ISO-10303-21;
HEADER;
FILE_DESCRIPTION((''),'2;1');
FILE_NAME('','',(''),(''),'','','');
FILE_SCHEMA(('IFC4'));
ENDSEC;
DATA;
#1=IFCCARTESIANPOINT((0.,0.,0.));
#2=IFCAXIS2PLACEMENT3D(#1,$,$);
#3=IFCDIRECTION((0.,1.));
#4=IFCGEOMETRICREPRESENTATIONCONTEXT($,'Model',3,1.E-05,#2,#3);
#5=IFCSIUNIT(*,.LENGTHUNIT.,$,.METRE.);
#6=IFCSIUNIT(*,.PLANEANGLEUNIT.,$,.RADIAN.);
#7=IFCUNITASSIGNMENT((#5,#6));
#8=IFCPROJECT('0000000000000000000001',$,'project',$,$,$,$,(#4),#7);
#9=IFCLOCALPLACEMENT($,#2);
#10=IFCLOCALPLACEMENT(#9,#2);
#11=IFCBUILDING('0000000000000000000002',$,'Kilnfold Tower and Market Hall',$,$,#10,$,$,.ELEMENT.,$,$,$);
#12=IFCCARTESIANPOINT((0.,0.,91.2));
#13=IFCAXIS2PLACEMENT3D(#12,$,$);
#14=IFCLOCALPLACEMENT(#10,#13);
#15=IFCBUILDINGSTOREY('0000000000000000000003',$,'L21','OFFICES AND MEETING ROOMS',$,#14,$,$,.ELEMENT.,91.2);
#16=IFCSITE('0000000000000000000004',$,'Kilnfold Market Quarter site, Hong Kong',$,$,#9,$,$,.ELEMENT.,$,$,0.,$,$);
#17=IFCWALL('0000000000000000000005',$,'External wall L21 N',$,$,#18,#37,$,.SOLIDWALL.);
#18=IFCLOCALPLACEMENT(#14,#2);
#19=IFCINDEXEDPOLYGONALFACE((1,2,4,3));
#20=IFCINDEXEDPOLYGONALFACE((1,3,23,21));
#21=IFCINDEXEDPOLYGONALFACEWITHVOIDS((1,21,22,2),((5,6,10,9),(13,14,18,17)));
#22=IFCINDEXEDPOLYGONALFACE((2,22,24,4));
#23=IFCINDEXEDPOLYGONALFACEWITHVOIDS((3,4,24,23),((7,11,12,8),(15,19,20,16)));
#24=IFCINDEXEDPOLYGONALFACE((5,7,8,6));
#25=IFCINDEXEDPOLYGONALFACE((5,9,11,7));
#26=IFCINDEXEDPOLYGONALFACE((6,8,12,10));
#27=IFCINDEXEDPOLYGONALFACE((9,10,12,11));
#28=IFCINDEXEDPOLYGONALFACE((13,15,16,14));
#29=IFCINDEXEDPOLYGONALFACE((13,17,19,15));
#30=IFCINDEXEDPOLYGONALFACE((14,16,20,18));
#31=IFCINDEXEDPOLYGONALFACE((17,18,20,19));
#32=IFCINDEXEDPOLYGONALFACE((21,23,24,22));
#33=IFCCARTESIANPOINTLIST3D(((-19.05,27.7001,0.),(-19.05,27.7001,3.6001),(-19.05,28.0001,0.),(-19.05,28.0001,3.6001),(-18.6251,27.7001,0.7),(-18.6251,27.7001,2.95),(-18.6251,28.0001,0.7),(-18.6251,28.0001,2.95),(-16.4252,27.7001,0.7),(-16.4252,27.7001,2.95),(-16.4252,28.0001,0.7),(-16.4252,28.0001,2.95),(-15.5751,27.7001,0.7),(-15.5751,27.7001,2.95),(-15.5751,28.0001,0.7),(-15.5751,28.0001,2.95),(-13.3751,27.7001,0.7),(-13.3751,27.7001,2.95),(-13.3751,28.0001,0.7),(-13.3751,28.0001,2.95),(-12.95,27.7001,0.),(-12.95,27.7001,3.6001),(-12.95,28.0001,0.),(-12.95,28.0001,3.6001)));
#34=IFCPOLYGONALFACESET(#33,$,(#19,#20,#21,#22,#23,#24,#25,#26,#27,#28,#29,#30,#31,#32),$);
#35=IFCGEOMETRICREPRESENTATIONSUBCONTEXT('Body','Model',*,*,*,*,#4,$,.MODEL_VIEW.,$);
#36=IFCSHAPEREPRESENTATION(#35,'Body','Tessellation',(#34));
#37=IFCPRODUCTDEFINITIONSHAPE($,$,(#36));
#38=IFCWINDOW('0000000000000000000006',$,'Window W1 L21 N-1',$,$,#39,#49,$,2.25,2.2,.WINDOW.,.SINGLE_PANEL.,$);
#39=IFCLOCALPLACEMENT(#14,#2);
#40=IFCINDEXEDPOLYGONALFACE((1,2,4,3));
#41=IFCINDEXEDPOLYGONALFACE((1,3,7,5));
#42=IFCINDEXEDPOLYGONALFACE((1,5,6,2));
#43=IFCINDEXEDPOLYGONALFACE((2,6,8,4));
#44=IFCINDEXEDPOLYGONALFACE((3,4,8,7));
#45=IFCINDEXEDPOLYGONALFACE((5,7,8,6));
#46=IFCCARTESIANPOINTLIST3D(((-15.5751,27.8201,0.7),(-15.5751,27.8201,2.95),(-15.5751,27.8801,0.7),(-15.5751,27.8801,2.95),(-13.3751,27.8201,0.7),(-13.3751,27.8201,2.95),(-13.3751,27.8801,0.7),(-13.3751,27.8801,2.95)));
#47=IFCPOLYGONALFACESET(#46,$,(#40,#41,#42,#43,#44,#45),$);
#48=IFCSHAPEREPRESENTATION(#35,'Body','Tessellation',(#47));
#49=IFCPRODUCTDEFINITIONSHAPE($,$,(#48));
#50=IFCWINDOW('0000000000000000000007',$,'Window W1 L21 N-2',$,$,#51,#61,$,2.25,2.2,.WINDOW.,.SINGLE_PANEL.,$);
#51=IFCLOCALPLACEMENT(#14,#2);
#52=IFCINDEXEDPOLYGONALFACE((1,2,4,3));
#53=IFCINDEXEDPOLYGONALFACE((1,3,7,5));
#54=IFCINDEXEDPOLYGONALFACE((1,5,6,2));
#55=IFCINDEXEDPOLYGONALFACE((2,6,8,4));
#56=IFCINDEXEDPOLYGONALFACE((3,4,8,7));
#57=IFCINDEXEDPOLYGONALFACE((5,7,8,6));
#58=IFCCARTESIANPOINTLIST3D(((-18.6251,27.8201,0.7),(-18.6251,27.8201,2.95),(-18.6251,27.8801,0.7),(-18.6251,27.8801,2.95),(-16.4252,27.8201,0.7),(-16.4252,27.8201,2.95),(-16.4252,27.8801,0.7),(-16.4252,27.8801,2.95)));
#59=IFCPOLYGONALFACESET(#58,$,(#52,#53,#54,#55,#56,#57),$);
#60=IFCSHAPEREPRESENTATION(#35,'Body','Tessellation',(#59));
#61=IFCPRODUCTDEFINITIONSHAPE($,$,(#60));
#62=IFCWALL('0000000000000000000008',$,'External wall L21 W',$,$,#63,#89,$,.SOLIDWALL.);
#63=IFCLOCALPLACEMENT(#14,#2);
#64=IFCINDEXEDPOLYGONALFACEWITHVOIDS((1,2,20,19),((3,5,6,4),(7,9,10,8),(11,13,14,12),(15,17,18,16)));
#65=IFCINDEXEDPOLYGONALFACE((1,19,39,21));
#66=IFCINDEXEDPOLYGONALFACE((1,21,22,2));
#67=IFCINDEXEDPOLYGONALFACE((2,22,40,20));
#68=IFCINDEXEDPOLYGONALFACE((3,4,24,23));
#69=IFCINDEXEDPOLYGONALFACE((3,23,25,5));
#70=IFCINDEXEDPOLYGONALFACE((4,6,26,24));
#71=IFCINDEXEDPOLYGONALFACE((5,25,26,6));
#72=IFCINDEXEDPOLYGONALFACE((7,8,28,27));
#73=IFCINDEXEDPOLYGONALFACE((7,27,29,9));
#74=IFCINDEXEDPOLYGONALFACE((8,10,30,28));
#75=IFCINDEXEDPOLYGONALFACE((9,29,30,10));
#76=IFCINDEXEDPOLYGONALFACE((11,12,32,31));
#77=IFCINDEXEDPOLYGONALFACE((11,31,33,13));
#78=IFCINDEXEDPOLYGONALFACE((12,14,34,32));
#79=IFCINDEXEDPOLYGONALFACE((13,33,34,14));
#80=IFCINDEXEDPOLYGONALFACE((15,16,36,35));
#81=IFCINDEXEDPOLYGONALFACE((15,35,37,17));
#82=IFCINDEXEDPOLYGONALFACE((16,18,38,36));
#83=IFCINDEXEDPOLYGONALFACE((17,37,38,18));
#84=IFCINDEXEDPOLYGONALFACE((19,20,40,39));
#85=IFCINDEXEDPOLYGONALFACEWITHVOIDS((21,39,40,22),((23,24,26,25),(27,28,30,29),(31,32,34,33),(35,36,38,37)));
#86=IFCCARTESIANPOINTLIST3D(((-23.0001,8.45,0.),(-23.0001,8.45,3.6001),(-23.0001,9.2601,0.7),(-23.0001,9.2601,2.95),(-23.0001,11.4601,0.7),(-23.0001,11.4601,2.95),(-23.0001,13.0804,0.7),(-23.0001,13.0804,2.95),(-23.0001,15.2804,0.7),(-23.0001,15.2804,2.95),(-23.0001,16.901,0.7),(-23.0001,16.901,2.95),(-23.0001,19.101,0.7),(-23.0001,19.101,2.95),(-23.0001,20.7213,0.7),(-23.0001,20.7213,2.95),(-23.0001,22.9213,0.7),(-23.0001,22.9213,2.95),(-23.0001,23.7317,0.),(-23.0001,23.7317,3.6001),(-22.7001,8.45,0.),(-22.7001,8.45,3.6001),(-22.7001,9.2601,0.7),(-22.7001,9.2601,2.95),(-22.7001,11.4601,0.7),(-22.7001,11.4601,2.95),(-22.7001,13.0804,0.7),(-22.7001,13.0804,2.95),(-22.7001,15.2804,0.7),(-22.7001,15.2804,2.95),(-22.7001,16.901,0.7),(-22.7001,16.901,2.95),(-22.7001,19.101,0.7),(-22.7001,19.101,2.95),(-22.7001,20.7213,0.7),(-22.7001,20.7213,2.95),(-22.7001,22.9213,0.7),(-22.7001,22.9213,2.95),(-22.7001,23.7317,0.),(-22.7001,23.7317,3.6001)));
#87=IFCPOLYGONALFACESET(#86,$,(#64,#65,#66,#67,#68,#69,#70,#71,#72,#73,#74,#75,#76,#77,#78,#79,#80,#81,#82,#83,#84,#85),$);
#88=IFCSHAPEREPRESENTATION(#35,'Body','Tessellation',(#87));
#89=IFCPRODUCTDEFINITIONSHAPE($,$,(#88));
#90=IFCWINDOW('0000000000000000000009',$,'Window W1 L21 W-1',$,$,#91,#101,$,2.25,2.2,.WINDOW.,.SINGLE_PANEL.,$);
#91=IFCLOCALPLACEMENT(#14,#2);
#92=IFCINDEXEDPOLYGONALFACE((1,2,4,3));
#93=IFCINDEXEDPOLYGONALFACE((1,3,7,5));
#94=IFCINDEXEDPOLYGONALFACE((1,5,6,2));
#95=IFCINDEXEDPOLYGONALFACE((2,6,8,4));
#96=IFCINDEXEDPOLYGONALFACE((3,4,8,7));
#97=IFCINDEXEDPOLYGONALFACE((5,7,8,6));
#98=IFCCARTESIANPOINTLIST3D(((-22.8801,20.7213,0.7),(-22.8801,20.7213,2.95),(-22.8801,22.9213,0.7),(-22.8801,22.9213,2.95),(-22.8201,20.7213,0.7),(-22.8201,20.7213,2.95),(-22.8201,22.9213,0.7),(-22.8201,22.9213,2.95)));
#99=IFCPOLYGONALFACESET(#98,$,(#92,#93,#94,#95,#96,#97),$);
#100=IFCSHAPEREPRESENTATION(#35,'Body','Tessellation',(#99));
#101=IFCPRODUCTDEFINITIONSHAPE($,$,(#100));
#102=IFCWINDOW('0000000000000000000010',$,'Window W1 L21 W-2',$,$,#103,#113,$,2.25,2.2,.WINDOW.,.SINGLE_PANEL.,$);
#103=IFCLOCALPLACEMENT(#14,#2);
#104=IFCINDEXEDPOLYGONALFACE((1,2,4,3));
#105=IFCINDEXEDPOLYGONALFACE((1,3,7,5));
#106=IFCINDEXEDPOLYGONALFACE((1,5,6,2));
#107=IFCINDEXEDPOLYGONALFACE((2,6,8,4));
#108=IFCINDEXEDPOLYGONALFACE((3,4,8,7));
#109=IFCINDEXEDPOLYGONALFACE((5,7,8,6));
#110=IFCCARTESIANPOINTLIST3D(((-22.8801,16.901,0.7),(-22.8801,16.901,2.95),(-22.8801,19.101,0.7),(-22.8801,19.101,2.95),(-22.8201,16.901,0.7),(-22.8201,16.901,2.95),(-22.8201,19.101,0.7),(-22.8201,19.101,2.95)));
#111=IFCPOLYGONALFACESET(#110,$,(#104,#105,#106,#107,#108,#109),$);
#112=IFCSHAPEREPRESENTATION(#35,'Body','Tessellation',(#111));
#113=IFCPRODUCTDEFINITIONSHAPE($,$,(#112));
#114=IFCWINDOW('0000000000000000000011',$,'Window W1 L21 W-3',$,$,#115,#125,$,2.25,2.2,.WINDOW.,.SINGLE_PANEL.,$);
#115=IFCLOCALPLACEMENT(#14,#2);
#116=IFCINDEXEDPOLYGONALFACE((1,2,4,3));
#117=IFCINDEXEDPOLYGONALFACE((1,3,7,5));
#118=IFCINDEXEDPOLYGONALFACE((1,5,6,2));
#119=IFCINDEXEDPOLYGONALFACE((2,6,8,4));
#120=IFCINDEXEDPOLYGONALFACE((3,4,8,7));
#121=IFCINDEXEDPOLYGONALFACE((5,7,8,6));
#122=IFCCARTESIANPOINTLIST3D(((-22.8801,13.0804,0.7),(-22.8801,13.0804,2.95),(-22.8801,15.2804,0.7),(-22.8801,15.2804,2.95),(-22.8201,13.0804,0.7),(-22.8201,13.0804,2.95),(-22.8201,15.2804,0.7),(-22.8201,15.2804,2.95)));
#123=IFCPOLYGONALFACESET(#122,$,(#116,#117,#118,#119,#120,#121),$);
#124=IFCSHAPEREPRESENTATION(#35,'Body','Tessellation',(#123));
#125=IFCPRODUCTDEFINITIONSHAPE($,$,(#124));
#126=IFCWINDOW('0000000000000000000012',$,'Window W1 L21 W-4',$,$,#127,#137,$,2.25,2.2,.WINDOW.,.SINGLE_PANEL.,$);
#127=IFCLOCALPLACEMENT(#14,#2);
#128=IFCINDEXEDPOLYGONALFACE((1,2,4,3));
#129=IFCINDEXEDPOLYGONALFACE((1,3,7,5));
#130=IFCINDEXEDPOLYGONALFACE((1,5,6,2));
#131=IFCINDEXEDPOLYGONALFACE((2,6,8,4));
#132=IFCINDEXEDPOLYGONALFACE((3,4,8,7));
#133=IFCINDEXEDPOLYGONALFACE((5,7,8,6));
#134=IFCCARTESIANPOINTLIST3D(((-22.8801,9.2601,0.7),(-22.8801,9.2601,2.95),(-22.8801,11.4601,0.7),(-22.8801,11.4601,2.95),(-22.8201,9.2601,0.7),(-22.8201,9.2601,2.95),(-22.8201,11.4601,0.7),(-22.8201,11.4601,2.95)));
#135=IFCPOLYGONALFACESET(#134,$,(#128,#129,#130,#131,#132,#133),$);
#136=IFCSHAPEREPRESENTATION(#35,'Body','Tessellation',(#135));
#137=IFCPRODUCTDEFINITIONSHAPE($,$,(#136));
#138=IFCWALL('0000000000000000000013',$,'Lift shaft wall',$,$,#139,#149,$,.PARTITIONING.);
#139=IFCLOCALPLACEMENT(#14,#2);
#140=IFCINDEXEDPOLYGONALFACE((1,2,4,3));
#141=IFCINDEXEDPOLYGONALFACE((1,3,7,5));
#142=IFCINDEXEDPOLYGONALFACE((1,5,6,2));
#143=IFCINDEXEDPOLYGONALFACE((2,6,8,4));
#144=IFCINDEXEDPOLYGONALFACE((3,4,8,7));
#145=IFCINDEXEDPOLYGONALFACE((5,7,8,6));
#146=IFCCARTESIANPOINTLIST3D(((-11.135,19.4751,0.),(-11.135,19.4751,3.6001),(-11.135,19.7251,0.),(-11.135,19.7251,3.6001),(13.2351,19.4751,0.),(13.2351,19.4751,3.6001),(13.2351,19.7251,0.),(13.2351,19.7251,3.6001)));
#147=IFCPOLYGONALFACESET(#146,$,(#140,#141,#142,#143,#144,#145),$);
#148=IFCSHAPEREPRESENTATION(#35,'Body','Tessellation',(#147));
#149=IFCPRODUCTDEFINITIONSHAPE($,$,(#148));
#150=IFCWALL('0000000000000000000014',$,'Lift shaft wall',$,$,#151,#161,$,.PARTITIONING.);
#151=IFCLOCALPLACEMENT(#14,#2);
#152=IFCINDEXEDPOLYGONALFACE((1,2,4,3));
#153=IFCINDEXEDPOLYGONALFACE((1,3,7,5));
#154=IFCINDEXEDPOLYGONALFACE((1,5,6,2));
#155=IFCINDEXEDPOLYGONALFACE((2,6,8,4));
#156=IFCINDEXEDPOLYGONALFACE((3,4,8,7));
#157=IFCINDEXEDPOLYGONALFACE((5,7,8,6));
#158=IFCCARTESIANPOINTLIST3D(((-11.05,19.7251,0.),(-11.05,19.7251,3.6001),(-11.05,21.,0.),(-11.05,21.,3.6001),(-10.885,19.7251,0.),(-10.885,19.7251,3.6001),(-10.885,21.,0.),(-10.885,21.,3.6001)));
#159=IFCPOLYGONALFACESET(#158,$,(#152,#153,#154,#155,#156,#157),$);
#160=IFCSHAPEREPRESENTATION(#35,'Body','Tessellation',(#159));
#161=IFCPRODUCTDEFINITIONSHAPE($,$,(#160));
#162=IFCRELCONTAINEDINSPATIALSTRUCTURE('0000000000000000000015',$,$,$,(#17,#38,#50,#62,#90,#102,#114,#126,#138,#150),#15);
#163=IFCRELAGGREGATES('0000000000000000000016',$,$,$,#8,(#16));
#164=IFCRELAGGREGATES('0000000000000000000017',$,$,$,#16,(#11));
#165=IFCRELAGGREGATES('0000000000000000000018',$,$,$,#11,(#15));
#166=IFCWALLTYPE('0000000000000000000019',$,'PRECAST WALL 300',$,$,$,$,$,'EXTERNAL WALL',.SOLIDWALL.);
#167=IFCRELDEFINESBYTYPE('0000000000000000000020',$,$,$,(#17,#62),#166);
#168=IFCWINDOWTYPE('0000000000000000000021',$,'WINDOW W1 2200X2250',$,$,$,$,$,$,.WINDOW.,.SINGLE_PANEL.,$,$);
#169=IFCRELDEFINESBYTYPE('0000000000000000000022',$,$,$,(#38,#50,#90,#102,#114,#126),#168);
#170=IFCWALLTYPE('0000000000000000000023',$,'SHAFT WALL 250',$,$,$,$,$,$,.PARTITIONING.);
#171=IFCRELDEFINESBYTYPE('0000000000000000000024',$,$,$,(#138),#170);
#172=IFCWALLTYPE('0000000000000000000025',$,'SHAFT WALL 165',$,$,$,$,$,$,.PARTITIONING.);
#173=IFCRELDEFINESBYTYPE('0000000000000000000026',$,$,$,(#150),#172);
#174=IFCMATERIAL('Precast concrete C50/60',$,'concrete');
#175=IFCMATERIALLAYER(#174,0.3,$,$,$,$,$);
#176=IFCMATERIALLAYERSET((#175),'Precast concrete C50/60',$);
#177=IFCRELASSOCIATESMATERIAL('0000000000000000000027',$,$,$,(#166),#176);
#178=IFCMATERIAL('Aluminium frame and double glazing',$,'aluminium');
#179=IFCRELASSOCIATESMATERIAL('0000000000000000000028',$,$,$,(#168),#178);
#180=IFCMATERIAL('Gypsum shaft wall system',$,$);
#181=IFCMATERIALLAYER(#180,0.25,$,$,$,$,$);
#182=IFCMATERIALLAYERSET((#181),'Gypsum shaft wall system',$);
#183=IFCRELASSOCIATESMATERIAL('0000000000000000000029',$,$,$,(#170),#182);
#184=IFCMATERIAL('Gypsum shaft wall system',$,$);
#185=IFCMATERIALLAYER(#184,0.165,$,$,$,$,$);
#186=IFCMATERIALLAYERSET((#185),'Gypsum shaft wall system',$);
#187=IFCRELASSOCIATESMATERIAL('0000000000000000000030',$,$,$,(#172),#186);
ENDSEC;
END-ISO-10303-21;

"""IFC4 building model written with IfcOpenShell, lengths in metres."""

from ifc_helpers import new_model, si_unit, direction, frame, frame_2d, origin, place, context, subcontext, project, spatial, rectangle, extrude, source, transform, mapped, material, layer, layer_set, type_object, element, fill, save


model = new_model("IFC4")

# Units and contexts
model_context = context("Model", 3, precision=1e-05, world=origin(), true_north=direction((0.0, 1.0)))
body_context = subcontext(model_context, "Body", "Model", "MODEL_VIEW")
ifc_project = project(units=[si_unit("LENGTHUNIT", "METRE"), si_unit("PLANEANGLEUNIT", "RADIAN")], contexts=[model_context])

# Site, building, storey
site_placement = place(None, origin())
site = spatial("IfcSite", under=ifc_project, at=site_placement, Name="Kilnfold Market Quarter site, Hong Kong", CompositionType="ELEMENT", RefElevation=0.0)
building_placement = place(site_placement, origin())
building = spatial("IfcBuilding", under=site, at=building_placement, Name="Kilnfold Tower and Market Hall", CompositionType="ELEMENT")
storey_placement = place(building_placement, frame((0.0, 0.0, 91.2)))
storey = spatial("IfcBuildingStorey", under=building, at=storey_placement, Name="L21", Description="OFFICES AND MEETING ROOMS", CompositionType="ELEMENT", Elevation=91.2)

# Shared definitions
ifc_material_1 = material(Name="Precast concrete C50/60", Category="concrete")
ifc_layer_1 = layer(ifc_material_1, 0.3)
ifc_layer_set_1 = layer_set([ifc_layer_1], Name="Precast concrete C50/60")
wall_type_1 = type_object("IfcWallType", Name="PRECAST WALL 300", ElementType="EXTERNAL WALL", PredefinedType="SOLIDWALL", material=ifc_layer_set_1)
ifc_material_2 = material(Name="Aluminium frame and double glazing", Category="aluminium")
window_type = type_object("IfcWindowType", Name="WINDOW W1 2200X2250", PartitioningType="SINGLE_PANEL", PredefinedType="WINDOW", material=ifc_material_2)

# Walls, openings, windows
shared_shape_1 = source(origin(), body_context, "Body", "SweptSolid", [
    extrude(rectangle(XDim=6.1001, YDim=0.3, at=frame_2d((3.05, 0.0))), origin(), (0.0, 0.0, 1.0), 3.6001),
])
wall_1_placement = place(storey_placement, frame((-12.95, 27.8501, 0.0), z_axis=(0.0, 0.0, 1.0), x_axis=(-1.0, 0.0, 0.0)))
wall_1 = element("IfcWall", 1, at=wall_1_placement, inside=storey, type_object=wall_type_1, Name="External wall L21 N", PredefinedType="SOLIDWALL", context=body_context, shape_type="MappedRepresentation", body=[
    mapped(shared_shape_1, transform((0.0, 0.0, 0.0))),
])
opening_1_placement = place(wall_1_placement, frame((0.425, 0.0, 0.7)))
opening_1 = element("IfcOpeningElement", 2, at=opening_1_placement, cuts=wall_1, PredefinedType="OPENING", context=body_context, shape_type="SweptSolid", body=[
    extrude(rectangle(XDim=2.2, YDim=2.25, at=frame_2d((1.1001, 1.125))), frame((0.0, 0.1602, 0.0), z_axis=(0.0, -1.0, 0.0), x_axis=(1.0, 0.0, 0.0)), (0.0, 0.0, 1.0), 0.3201),
])
opening_2_placement = place(wall_1_placement, frame((3.4751, 0.0, 0.7)))
opening_2 = element("IfcOpeningElement", 3, at=opening_2_placement, cuts=wall_1, PredefinedType="OPENING", context=body_context, shape_type="SweptSolid", body=[
    extrude(rectangle(XDim=2.2, YDim=2.25, at=frame_2d((1.1001, 1.125))), frame((0.0, 0.1602, 0.0), z_axis=(0.0, -1.0, 0.0), x_axis=(1.0, 0.0, 0.0)), (0.0, 0.0, 1.0), 0.3201),
])
window_1_placement = place(opening_1_placement, origin())
window_1 = element("IfcWindow", 4, at=window_1_placement, inside=storey, type_object=window_type, Name="Window W1 L21 N-1", OverallHeight=2.25, OverallWidth=2.2, PartitioningType="SINGLE_PANEL", PredefinedType="WINDOW", context=body_context, shape_type="SweptSolid", body=[
    extrude(rectangle(XDim=2.2, YDim=2.25, at=frame_2d((1.1001, 1.125))), frame((0.0, 0.03, 0.0), z_axis=(0.0, -1.0, 0.0), x_axis=(1.0, 0.0, 0.0)), (0.0, 0.0, 1.0), 0.0601),
])
fill(opening_1, window_1)
window_2_placement = place(opening_2_placement, origin())
window_2 = element("IfcWindow", 5, at=window_2_placement, inside=storey, type_object=window_type, Name="Window W1 L21 N-2", OverallHeight=2.25, OverallWidth=2.2, PartitioningType="SINGLE_PANEL", PredefinedType="WINDOW", context=body_context, shape_type="SweptSolid", body=[
    extrude(rectangle(XDim=2.2, YDim=2.25, at=frame_2d((1.1001, 1.125))), frame((0.0, 0.03, 0.0), z_axis=(0.0, -1.0, 0.0), x_axis=(1.0, 0.0, 0.0)), (0.0, 0.0, 1.0), 0.0601),
])
fill(opening_2, window_2)
shared_shape_2 = source(origin(), body_context, "Body", "SweptSolid", [
    extrude(rectangle(XDim=15.2817, YDim=0.3, at=frame_2d((7.6409, 0.0))), origin(), (0.0, 0.0, 1.0), 3.6001),
])
wall_2_placement = place(storey_placement, frame((-22.8501, 23.7317, 0.0), z_axis=(0.0, 0.0, 1.0), x_axis=(0.0, -1.0, 0.0)))
wall_2 = element("IfcWall", 6, at=wall_2_placement, inside=storey, type_object=wall_type_1, Name="External wall L21 W", PredefinedType="SOLIDWALL", context=body_context, shape_type="MappedRepresentation", body=[
    mapped(shared_shape_2, transform((0.0, 0.0, 0.0))),
])
opening_3_placement = place(wall_2_placement, frame((0.8103, 0.0, 0.7)))
opening_3 = element("IfcOpeningElement", 7, at=opening_3_placement, cuts=wall_2, PredefinedType="OPENING", context=body_context, shape_type="SweptSolid", body=[
    extrude(rectangle(XDim=2.2, YDim=2.25, at=frame_2d((1.1001, 1.125))), frame((0.0, 0.1602, 0.0), z_axis=(0.0, -1.0, 0.0), x_axis=(1.0, 0.0, 0.0)), (0.0, 0.0, 1.0), 0.3201),
])
opening_4_placement = place(wall_2_placement, frame((4.6306, 0.0, 0.7)))
opening_4 = element("IfcOpeningElement", 8, at=opening_4_placement, cuts=wall_2, PredefinedType="OPENING", context=body_context, shape_type="SweptSolid", body=[
    extrude(rectangle(XDim=2.2, YDim=2.25, at=frame_2d((1.1001, 1.125))), frame((0.0, 0.1602, 0.0), z_axis=(0.0, -1.0, 0.0), x_axis=(1.0, 0.0, 0.0)), (0.0, 0.0, 1.0), 0.3201),
])
opening_5_placement = place(wall_2_placement, frame((8.4512, 0.0, 0.7)))
opening_5 = element("IfcOpeningElement", 9, at=opening_5_placement, cuts=wall_2, PredefinedType="OPENING", context=body_context, shape_type="SweptSolid", body=[
    extrude(rectangle(XDim=2.2, YDim=2.25, at=frame_2d((1.1001, 1.125))), frame((0.0, 0.1602, 0.0), z_axis=(0.0, -1.0, 0.0), x_axis=(1.0, 0.0, 0.0)), (0.0, 0.0, 1.0), 0.3201),
])
opening_6_placement = place(wall_2_placement, frame((12.2715, 0.0, 0.7)))
opening_6 = element("IfcOpeningElement", 10, at=opening_6_placement, cuts=wall_2, PredefinedType="OPENING", context=body_context, shape_type="SweptSolid", body=[
    extrude(rectangle(XDim=2.2, YDim=2.25, at=frame_2d((1.1001, 1.125))), frame((0.0, 0.1602, 0.0), z_axis=(0.0, -1.0, 0.0), x_axis=(1.0, 0.0, 0.0)), (0.0, 0.0, 1.0), 0.3201),
])
window_3_placement = place(opening_3_placement, origin())
window_3 = element("IfcWindow", 11, at=window_3_placement, inside=storey, type_object=window_type, Name="Window W1 L21 W-1", OverallHeight=2.25, OverallWidth=2.2, PartitioningType="SINGLE_PANEL", PredefinedType="WINDOW", context=body_context, shape_type="SweptSolid", body=[
    extrude(rectangle(XDim=2.2, YDim=2.25, at=frame_2d((1.1001, 1.125))), frame((0.0, 0.03, 0.0), z_axis=(0.0, -1.0, 0.0), x_axis=(1.0, 0.0, 0.0)), (0.0, 0.0, 1.0), 0.0601),
])
fill(opening_3, window_3)
window_4_placement = place(opening_4_placement, origin())
window_4 = element("IfcWindow", 12, at=window_4_placement, inside=storey, type_object=window_type, Name="Window W1 L21 W-2", OverallHeight=2.25, OverallWidth=2.2, PartitioningType="SINGLE_PANEL", PredefinedType="WINDOW", context=body_context, shape_type="SweptSolid", body=[
    extrude(rectangle(XDim=2.2, YDim=2.25, at=frame_2d((1.1001, 1.125))), frame((0.0, 0.03, 0.0), z_axis=(0.0, -1.0, 0.0), x_axis=(1.0, 0.0, 0.0)), (0.0, 0.0, 1.0), 0.0601),
])
fill(opening_4, window_4)
window_5_placement = place(opening_5_placement, origin())
window_5 = element("IfcWindow", 13, at=window_5_placement, inside=storey, type_object=window_type, Name="Window W1 L21 W-3", OverallHeight=2.25, OverallWidth=2.2, PartitioningType="SINGLE_PANEL", PredefinedType="WINDOW", context=body_context, shape_type="SweptSolid", body=[
    extrude(rectangle(XDim=2.2, YDim=2.25, at=frame_2d((1.1001, 1.125))), frame((0.0, 0.03, 0.0), z_axis=(0.0, -1.0, 0.0), x_axis=(1.0, 0.0, 0.0)), (0.0, 0.0, 1.0), 0.0601),
])
fill(opening_5, window_5)
window_6_placement = place(opening_6_placement, origin())
window_6 = element("IfcWindow", 14, at=window_6_placement, inside=storey, type_object=window_type, Name="Window W1 L21 W-4", OverallHeight=2.25, OverallWidth=2.2, PartitioningType="SINGLE_PANEL", PredefinedType="WINDOW", context=body_context, shape_type="SweptSolid", body=[
    extrude(rectangle(XDim=2.2, YDim=2.25, at=frame_2d((1.1001, 1.125))), frame((0.0, 0.03, 0.0), z_axis=(0.0, -1.0, 0.0), x_axis=(1.0, 0.0, 0.0)), (0.0, 0.0, 1.0), 0.0601),
])
fill(opening_6, window_6)

# Walls
ifc_material_3 = material(Name="Gypsum shaft wall system")
ifc_layer_2 = layer(ifc_material_3, 0.25)
ifc_layer_set_2 = layer_set([ifc_layer_2], Name="Gypsum shaft wall system")
wall_type_2 = type_object("IfcWallType", Name="SHAFT WALL 250", PredefinedType="PARTITIONING", material=ifc_layer_set_2)
shared_shape_3 = source(origin(), body_context, "Body", "SweptSolid", [
    extrude(rectangle(XDim=24.3701, YDim=0.25, at=frame_2d((12.1851, 0.0))), origin(), (0.0, 0.0, 1.0), 3.6001),
])
wall_3_placement = place(storey_placement, frame((-11.135, 19.6001, 0.0), z_axis=(0.0, 0.0, 1.0), x_axis=(1.0, 0.0, 0.0)))
element("IfcWall", 15, at=wall_3_placement, inside=storey, type_object=wall_type_2, Name="Lift shaft wall", PredefinedType="PARTITIONING", context=body_context, shape_type="MappedRepresentation", body=[
    mapped(shared_shape_3, transform((0.0, 0.0, 0.0))),
])
ifc_material_4 = material(Name="Gypsum shaft wall system")
ifc_layer_3 = layer(ifc_material_4, 0.165)
ifc_layer_set_3 = layer_set([ifc_layer_3], Name="Gypsum shaft wall system")
wall_type_3 = type_object("IfcWallType", Name="SHAFT WALL 165", PredefinedType="PARTITIONING", material=ifc_layer_set_3)
shared_shape_4 = source(origin(), body_context, "Body", "SweptSolid", [
    extrude(rectangle(XDim=1.2749, YDim=0.165, at=frame_2d((0.6375, 0.0))), origin(), (0.0, 0.0, 1.0), 3.6001),
])
wall_4_placement = place(storey_placement, frame((-10.9675, 19.7251, 0.0), z_axis=(0.0, 0.0, 1.0), x_axis=(0.0, 1.0, 0.0)))
element("IfcWall", 16, at=wall_4_placement, inside=storey, type_object=wall_type_3, Name="Lift shaft wall", PredefinedType="PARTITIONING", context=body_context, shape_type="MappedRepresentation", body=[
    mapped(shared_shape_4, transform((0.0, 0.0, 0.0))),
])

save(model, "model.ifc")
